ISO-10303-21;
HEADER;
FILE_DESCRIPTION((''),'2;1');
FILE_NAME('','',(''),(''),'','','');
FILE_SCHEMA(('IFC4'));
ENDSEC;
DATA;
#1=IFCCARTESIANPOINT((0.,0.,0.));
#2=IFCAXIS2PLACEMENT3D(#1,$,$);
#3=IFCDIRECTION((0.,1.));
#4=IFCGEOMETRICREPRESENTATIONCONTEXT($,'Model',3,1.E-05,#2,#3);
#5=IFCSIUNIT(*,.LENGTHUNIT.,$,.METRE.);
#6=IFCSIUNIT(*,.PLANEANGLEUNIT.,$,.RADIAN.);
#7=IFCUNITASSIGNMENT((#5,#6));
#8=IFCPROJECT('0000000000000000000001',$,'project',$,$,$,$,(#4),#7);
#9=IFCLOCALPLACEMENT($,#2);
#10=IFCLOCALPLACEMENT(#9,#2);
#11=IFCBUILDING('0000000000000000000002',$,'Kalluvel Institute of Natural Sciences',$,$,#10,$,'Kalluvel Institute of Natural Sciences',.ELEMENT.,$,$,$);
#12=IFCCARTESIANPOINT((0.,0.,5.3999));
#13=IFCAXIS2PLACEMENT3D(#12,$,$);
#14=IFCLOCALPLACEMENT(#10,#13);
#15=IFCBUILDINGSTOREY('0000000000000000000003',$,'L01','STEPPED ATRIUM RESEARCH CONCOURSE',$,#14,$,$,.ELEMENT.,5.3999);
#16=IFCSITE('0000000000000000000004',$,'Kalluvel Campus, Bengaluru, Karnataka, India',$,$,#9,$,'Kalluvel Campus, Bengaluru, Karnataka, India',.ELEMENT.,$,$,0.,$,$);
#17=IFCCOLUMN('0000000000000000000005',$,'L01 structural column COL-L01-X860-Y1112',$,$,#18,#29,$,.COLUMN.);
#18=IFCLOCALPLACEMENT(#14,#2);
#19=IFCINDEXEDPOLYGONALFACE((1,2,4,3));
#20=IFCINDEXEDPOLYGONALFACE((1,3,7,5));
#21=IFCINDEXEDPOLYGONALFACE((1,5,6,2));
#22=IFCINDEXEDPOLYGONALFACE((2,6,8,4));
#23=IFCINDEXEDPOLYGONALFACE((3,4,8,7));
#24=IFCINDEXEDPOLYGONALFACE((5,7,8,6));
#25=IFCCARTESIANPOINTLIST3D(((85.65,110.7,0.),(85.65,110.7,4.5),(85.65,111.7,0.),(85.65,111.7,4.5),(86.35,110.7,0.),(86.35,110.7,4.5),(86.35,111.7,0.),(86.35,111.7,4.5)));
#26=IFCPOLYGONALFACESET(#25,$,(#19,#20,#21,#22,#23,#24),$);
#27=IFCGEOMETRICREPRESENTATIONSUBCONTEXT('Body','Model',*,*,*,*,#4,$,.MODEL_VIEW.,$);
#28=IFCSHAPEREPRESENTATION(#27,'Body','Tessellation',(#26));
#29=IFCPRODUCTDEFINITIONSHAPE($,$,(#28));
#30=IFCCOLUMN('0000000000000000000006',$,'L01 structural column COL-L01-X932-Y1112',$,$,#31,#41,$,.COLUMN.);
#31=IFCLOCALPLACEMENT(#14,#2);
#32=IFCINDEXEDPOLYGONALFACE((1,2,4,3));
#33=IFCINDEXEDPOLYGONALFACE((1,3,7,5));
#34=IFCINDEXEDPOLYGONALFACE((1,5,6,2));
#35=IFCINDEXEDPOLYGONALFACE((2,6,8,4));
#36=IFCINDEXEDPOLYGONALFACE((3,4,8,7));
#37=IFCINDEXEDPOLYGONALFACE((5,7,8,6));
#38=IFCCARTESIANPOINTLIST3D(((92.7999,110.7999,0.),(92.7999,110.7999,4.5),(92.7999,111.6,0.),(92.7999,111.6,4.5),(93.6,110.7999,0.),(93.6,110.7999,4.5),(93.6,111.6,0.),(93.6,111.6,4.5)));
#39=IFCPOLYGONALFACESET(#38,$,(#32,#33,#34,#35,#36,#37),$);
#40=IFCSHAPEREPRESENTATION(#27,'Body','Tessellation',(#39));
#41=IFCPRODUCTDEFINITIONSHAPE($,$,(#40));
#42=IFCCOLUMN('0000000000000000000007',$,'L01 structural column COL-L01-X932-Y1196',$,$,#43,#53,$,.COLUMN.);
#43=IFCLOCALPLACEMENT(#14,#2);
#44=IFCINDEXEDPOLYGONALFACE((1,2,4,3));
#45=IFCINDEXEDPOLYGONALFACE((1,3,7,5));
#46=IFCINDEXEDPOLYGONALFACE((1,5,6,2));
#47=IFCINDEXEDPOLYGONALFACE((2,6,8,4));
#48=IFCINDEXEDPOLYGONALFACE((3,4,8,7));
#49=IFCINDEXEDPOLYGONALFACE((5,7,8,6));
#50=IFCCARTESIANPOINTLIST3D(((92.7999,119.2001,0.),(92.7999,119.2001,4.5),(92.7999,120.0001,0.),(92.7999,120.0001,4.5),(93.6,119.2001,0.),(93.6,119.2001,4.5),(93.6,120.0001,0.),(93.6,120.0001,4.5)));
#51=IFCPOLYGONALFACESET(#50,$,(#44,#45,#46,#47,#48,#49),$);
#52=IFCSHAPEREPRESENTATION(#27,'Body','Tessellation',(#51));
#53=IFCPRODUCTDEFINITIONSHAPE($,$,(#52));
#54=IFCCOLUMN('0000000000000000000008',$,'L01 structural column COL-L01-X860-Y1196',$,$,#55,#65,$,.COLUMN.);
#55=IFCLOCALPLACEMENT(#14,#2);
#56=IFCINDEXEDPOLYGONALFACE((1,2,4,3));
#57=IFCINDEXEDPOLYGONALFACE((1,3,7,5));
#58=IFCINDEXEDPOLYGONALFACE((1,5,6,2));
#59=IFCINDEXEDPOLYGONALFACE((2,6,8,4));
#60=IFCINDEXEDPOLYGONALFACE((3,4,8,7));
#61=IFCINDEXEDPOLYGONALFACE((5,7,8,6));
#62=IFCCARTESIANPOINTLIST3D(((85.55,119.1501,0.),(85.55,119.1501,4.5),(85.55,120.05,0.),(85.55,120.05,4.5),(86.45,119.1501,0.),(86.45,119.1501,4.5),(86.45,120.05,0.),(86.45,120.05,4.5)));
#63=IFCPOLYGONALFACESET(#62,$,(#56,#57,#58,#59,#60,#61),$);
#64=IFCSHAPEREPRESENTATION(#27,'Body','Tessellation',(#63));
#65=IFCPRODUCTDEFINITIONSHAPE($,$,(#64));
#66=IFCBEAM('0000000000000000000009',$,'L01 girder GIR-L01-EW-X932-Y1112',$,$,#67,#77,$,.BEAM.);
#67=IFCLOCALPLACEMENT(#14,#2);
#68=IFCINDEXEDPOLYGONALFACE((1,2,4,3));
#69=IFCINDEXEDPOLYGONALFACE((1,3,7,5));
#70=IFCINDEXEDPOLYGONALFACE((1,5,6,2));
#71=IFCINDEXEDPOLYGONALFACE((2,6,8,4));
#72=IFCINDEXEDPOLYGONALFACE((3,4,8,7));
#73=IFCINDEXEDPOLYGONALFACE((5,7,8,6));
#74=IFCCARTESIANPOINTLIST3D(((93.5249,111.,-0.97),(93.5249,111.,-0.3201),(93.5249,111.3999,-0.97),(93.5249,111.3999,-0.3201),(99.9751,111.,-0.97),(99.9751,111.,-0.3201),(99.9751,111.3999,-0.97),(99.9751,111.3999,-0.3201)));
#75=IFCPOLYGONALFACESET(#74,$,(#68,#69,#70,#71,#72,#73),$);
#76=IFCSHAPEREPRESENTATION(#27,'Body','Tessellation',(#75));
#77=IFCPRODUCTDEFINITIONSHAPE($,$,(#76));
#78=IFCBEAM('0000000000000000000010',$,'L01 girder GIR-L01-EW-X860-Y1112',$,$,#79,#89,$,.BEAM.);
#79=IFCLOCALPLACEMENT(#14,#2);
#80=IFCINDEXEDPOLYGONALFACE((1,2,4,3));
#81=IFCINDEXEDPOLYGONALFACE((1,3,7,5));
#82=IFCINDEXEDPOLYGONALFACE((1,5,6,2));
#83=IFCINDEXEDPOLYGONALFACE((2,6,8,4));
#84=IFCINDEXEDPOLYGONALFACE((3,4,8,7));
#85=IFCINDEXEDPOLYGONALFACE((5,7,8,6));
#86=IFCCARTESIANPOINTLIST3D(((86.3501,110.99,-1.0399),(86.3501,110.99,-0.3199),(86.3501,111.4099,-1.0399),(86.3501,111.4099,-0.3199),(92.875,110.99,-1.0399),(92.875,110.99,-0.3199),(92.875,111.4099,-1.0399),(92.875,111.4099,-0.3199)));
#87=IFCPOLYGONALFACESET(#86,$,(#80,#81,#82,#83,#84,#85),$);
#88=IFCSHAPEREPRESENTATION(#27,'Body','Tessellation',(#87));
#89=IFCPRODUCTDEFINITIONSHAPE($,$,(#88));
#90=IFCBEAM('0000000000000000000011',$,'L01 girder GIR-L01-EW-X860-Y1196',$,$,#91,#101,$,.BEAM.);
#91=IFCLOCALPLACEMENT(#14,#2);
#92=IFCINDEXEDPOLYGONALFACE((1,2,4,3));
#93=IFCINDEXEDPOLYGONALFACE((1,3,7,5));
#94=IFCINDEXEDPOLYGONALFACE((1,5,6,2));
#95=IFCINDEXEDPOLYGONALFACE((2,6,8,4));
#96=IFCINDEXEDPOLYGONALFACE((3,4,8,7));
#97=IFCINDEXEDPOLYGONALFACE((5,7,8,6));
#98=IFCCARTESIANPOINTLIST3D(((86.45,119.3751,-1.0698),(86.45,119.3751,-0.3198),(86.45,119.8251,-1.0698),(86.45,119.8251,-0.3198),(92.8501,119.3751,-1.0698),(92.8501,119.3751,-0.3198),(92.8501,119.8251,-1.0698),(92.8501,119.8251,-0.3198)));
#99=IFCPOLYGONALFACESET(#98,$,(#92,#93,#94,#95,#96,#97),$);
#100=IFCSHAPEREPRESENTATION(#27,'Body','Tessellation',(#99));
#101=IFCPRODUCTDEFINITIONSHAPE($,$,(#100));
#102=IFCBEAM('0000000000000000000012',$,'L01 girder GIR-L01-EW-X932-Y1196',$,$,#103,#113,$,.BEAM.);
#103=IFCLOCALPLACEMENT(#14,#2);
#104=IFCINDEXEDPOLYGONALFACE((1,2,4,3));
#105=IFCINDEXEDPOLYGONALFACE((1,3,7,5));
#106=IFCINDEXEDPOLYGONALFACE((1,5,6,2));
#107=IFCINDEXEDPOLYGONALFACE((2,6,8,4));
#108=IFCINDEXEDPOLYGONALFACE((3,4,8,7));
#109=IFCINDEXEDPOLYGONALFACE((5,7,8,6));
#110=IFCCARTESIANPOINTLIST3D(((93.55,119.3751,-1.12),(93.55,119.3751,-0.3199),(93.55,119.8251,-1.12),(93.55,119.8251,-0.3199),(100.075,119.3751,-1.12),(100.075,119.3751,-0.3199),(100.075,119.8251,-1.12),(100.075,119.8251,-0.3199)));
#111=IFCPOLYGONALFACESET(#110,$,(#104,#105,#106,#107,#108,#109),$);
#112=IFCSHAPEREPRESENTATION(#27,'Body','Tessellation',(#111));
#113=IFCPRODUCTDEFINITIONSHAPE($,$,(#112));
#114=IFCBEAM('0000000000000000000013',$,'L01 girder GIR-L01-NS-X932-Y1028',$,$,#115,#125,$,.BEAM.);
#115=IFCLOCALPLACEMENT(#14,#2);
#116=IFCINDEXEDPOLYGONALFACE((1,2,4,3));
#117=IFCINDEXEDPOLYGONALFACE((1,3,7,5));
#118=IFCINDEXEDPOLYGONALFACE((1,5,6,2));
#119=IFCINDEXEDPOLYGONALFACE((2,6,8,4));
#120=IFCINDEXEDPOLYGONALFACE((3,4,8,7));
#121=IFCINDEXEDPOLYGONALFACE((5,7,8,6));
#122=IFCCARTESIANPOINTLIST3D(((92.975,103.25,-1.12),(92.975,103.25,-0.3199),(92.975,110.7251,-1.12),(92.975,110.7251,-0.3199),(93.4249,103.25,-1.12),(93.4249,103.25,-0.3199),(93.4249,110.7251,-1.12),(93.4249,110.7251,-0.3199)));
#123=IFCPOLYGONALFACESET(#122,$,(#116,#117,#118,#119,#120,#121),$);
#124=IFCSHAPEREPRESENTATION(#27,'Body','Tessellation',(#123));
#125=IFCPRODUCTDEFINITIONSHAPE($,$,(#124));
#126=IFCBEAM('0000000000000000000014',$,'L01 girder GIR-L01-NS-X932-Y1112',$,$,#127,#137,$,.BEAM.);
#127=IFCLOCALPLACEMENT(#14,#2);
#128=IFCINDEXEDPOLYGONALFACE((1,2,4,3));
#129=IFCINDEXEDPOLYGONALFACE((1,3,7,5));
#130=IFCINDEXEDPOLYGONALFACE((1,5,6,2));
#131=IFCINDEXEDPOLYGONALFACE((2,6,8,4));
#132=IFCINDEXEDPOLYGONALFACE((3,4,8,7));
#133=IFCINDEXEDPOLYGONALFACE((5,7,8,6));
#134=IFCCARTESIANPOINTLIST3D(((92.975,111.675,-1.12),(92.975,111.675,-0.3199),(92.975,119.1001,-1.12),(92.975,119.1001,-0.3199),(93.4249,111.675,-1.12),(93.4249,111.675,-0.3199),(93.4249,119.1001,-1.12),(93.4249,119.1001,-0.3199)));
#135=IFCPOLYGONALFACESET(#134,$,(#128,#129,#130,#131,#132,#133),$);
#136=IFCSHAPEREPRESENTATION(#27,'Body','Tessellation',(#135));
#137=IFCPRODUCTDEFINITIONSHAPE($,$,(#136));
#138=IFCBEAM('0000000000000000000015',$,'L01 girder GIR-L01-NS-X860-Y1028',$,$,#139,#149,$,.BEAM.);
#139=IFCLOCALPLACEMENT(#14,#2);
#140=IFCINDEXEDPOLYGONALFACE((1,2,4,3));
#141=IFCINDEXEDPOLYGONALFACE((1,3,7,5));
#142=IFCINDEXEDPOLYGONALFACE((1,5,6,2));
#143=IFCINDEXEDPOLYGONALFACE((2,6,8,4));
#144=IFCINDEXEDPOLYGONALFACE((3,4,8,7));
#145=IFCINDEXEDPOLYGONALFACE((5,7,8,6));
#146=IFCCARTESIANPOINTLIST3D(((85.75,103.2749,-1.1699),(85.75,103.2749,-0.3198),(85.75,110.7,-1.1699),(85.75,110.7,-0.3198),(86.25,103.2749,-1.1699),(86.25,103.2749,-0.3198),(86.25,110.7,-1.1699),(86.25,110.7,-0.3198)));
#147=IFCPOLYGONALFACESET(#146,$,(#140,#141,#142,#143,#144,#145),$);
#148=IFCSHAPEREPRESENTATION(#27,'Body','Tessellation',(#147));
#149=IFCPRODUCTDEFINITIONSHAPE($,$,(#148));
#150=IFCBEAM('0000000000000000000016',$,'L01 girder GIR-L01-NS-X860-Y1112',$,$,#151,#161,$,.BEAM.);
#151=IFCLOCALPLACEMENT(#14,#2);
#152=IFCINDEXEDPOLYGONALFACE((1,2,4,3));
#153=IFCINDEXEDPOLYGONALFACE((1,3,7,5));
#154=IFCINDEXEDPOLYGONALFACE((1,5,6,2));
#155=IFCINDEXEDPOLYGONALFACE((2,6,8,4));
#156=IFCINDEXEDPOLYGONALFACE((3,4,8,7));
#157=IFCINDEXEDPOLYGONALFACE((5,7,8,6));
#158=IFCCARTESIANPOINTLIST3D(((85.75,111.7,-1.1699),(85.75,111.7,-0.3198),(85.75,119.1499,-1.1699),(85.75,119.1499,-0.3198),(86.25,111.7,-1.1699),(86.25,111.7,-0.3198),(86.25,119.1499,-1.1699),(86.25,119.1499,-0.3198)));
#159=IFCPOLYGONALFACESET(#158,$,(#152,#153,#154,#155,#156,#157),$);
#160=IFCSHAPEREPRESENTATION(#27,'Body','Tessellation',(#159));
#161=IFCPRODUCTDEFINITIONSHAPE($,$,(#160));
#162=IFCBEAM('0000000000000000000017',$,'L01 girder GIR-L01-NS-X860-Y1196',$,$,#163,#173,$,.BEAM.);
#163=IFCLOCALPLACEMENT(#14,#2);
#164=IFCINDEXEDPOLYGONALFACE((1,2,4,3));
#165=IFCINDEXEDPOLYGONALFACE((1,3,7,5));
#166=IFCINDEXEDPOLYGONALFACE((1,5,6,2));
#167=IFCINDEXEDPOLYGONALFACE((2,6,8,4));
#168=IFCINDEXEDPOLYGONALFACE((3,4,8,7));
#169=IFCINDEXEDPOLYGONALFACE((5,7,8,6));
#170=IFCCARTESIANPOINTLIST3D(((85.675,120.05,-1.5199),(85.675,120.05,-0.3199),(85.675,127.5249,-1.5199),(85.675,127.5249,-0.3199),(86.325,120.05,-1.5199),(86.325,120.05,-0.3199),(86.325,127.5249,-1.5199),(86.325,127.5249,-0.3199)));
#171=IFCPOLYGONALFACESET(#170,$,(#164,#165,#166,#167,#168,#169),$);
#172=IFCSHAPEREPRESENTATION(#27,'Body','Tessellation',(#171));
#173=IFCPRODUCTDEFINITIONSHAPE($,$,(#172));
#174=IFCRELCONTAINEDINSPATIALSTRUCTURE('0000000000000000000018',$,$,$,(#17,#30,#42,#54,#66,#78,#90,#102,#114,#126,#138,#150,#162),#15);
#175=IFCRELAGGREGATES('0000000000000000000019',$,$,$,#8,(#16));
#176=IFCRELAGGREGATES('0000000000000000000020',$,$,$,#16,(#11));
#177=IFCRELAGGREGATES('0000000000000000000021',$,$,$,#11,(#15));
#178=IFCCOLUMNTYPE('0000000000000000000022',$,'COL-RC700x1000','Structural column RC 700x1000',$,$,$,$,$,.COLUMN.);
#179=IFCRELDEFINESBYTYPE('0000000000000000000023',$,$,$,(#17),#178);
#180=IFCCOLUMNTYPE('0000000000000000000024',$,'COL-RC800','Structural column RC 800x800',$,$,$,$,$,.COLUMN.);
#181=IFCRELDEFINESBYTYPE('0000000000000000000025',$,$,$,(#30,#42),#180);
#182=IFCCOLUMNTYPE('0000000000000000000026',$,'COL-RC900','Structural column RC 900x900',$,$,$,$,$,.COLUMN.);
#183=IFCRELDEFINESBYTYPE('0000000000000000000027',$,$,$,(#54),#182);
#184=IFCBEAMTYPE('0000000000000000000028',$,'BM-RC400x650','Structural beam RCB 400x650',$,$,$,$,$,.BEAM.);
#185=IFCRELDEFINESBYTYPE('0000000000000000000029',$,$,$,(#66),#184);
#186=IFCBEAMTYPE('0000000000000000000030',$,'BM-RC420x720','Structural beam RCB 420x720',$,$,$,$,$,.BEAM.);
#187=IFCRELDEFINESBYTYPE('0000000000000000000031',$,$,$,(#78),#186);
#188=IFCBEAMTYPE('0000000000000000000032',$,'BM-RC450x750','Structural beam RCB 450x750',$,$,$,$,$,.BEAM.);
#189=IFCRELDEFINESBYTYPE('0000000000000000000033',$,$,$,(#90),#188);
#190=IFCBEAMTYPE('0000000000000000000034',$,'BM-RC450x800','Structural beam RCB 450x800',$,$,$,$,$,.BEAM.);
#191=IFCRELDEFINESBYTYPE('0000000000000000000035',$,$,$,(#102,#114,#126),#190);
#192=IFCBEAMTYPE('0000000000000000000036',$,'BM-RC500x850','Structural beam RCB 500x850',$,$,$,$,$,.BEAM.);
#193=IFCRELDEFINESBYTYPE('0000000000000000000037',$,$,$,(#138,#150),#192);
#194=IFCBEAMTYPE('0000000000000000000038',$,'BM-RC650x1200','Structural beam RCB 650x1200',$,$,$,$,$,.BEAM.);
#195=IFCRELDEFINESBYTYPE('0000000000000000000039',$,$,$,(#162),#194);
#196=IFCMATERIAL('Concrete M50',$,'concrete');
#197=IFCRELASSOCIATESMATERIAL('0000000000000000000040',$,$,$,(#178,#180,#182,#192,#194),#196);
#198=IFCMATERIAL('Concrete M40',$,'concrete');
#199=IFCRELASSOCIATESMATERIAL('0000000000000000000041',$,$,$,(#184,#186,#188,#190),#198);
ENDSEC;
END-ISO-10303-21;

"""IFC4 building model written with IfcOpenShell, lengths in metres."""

from ifc_helpers import new_model, si_unit, direction, frame, origin, origin_2d, place, context, subcontext, project, spatial, rectangle, extrude, material, material_profile, profile_set, type_object, element, save


model = new_model("IFC4")

# Units and contexts
model_context = context("Model", 3, precision=1e-05, world=origin(), true_north=direction((0.0, 1.0)))
body_context = subcontext(model_context, "Body", "Model", "MODEL_VIEW")
ifc_project = project(units=[si_unit("LENGTHUNIT", "METRE"), si_unit("PLANEANGLEUNIT", "RADIAN")], contexts=[model_context])

# Site, building, storey
site_placement = place(None, origin())
site = spatial("IfcSite", under=ifc_project, at=site_placement, Name="Kalluvel Campus, Bengaluru, Karnataka, India", LongName="Kalluvel Campus, Bengaluru, Karnataka, India", CompositionType="ELEMENT", RefElevation=0.0)
building_placement = place(site_placement, origin())
building = spatial("IfcBuilding", under=site, at=building_placement, Name="Kalluvel Institute of Natural Sciences", LongName="Kalluvel Institute of Natural Sciences", CompositionType="ELEMENT")
storey_placement = place(building_placement, frame((0.0, 0.0, 5.3999)))
storey = spatial("IfcBuildingStorey", under=building, at=storey_placement, Name="L01", Description="STEPPED ATRIUM RESEARCH CONCOURSE", CompositionType="ELEMENT", Elevation=5.3999)

# Columns
ifc_material_1 = material(Name="Concrete M50", Category="concrete")
ifc_material_profile_1 = material_profile(ifc_material_1, rectangle(XDim=0.7, YDim=1.0, at=origin_2d()), Name="RC 700x1000")
ifc_profile_set_1 = profile_set([ifc_material_profile_1], Name="Concrete M50")
column_type_1 = type_object("IfcColumnType", Name="COL-RC700x1000", Description="Structural column RC 700x1000", PredefinedType="COLUMN", material=ifc_profile_set_1)
column_1_placement = place(storey_placement, frame((86.0, 111.2, 0.0), z_axis=(0.0, 0.0, 1.0), x_axis=(1.0, 0.0, 0.0)))
element("IfcColumn", 1, at=column_1_placement, inside=storey, type_object=column_type_1, Name="L01 structural column COL-L01-X860-Y1112", PredefinedType="COLUMN", context=body_context, shape_type="SweptSolid", body=[
    extrude(rectangle(XDim=0.7, YDim=1.0, at=origin_2d()), origin(), (0.0, 0.0, 1.0), 4.5),
])
ifc_material_profile_2 = material_profile(ifc_material_1, rectangle(XDim=0.8, YDim=0.8, at=origin_2d()), Name="RC 800x800")
ifc_profile_set_2 = profile_set([ifc_material_profile_2], Name="Concrete M50")
column_type_2 = type_object("IfcColumnType", Name="COL-RC800", Description="Structural column RC 800x800", PredefinedType="COLUMN", material=ifc_profile_set_2)
for number, where, z_axis, x_axis, name in (
    (2, (93.2, 111.2, 0.0), (0.0, 0.0, 1.0), (1.0, 0.0, 0.0), "L01 structural column COL-L01-X932-Y1112"),
    (3, (93.2, 119.6001, 0.0), (0.0, 0.0, 1.0), (1.0, 0.0, 0.0), "L01 structural column COL-L01-X932-Y1196"),
):
    element("IfcColumn", number, at=place(storey_placement, frame(where, z_axis=z_axis, x_axis=x_axis)), inside=storey, type_object=column_type_2, Name=name, PredefinedType="COLUMN", context=body_context, shape_type="SweptSolid", body=[
        extrude(rectangle(XDim=0.8, YDim=0.8, at=origin_2d()), origin(), (0.0, 0.0, 1.0), 4.5),
    ])
ifc_material_profile_3 = material_profile(ifc_material_1, rectangle(XDim=0.8999, YDim=0.8999, at=origin_2d()), Name="RC 900x900")
ifc_profile_set_3 = profile_set([ifc_material_profile_3], Name="Concrete M50")
column_type_3 = type_object("IfcColumnType", Name="COL-RC900", Description="Structural column RC 900x900", PredefinedType="COLUMN", material=ifc_profile_set_3)
column_2_placement = place(storey_placement, frame((86.0, 119.6001, 0.0), z_axis=(0.0, 0.0, 1.0), x_axis=(1.0, 0.0, 0.0)))
element("IfcColumn", 4, at=column_2_placement, inside=storey, type_object=column_type_3, Name="L01 structural column COL-L01-X860-Y1196", PredefinedType="COLUMN", context=body_context, shape_type="SweptSolid", body=[
    extrude(rectangle(XDim=0.8999, YDim=0.8999, at=origin_2d()), origin(), (0.0, 0.0, 1.0), 4.5),
])

# Beams
ifc_material_2 = material(Name="Concrete M40", Category="concrete")
ifc_material_profile_4 = material_profile(ifc_material_2, rectangle(XDim=0.3999, YDim=0.6499, at=origin_2d()), Name="RCB 400x650")
ifc_profile_set_4 = profile_set([ifc_material_profile_4], Name="Concrete M40")
beam_type_1 = type_object("IfcBeamType", Name="BM-RC400x650", Description="Structural beam RCB 400x650", PredefinedType="BEAM", material=ifc_profile_set_4)
beam_1_placement = place(storey_placement, frame((93.5249, 111.2, -0.645), z_axis=(1.0, 0.0, 0.0), x_axis=(0.0, 1.0, 0.0)))
element("IfcBeam", 5, at=beam_1_placement, inside=storey, type_object=beam_type_1, Name="L01 girder GIR-L01-EW-X932-Y1112", PredefinedType="BEAM", context=body_context, shape_type="SweptSolid", body=[
    extrude(rectangle(XDim=0.3999, YDim=0.6499, at=origin_2d()), origin(), (0.0, 0.0, 1.0), 6.4502),
])
ifc_material_profile_5 = material_profile(ifc_material_2, rectangle(XDim=0.4199, YDim=0.72, at=origin_2d()), Name="RCB 420x720")
ifc_profile_set_5 = profile_set([ifc_material_profile_5], Name="Concrete M40")
beam_type_2 = type_object("IfcBeamType", Name="BM-RC420x720", Description="Structural beam RCB 420x720", PredefinedType="BEAM", material=ifc_profile_set_5)
beam_2_placement = place(storey_placement, frame((86.3501, 111.2, -0.6799), z_axis=(1.0, 0.0, 0.0), x_axis=(0.0, 1.0, 0.0)))
element("IfcBeam", 6, at=beam_2_placement, inside=storey, type_object=beam_type_2, Name="L01 girder GIR-L01-EW-X860-Y1112", PredefinedType="BEAM", context=body_context, shape_type="SweptSolid", body=[
    extrude(rectangle(XDim=0.4199, YDim=0.72, at=origin_2d()), origin(), (0.0, 0.0, 1.0), 6.5249),
])
ifc_material_profile_6 = material_profile(ifc_material_2, rectangle(XDim=0.45, YDim=0.75, at=origin_2d()), Name="RCB 450x750")
ifc_profile_set_6 = profile_set([ifc_material_profile_6], Name="Concrete M40")
beam_type_3 = type_object("IfcBeamType", Name="BM-RC450x750", Description="Structural beam RCB 450x750", PredefinedType="BEAM", material=ifc_profile_set_6)
beam_3_placement = place(storey_placement, frame((86.45, 119.6001, -0.6948), z_axis=(1.0, 0.0, 0.0), x_axis=(0.0, 1.0, 0.0)))
element("IfcBeam", 7, at=beam_3_placement, inside=storey, type_object=beam_type_3, Name="L01 girder GIR-L01-EW-X860-Y1196", PredefinedType="BEAM", context=body_context, shape_type="SweptSolid", body=[
    extrude(rectangle(XDim=0.45, YDim=0.75, at=origin_2d()), origin(), (0.0, 0.0, 1.0), 6.4001),
])
ifc_material_profile_7 = material_profile(ifc_material_2, rectangle(XDim=0.45, YDim=0.8, at=origin_2d()), Name="RCB 450x800")
ifc_profile_set_7 = profile_set([ifc_material_profile_7], Name="Concrete M40")
beam_type_4 = type_object("IfcBeamType", Name="BM-RC450x800", Description="Structural beam RCB 450x800", PredefinedType="BEAM", material=ifc_profile_set_7)
beam_4_placement = place(storey_placement, frame((93.55, 119.6001, -0.72), z_axis=(1.0, 0.0, 0.0), x_axis=(0.0, 1.0, 0.0)))
element("IfcBeam", 8, at=beam_4_placement, inside=storey, type_object=beam_type_4, Name="L01 girder GIR-L01-EW-X932-Y1196", PredefinedType="BEAM", context=body_context, shape_type="SweptSolid", body=[
    extrude(rectangle(XDim=0.45, YDim=0.8, at=origin_2d()), origin(), (0.0, 0.0, 1.0), 6.5249),
])
beam_5_placement = place(storey_placement, frame((93.2, 103.25, -0.72), z_axis=(0.0, 1.0, 0.0), x_axis=(-1.0, 0.0, 0.0)))
element("IfcBeam", 9, at=beam_5_placement, inside=storey, type_object=beam_type_4, Name="L01 girder GIR-L01-NS-X932-Y1028", PredefinedType="BEAM", context=body_context, shape_type="SweptSolid", body=[
    extrude(rectangle(XDim=0.45, YDim=0.8, at=origin_2d()), origin(), (0.0, 0.0, 1.0), 7.4751),
])
beam_6_placement = place(storey_placement, frame((93.2, 111.675, -0.72), z_axis=(0.0, 1.0, 0.0), x_axis=(-1.0, 0.0, 0.0)))
element("IfcBeam", 10, at=beam_6_placement, inside=storey, type_object=beam_type_4, Name="L01 girder GIR-L01-NS-X932-Y1112", PredefinedType="BEAM", context=body_context, shape_type="SweptSolid", body=[
    extrude(rectangle(XDim=0.45, YDim=0.8, at=origin_2d()), origin(), (0.0, 0.0, 1.0), 7.425),
])
ifc_material_profile_8 = material_profile(ifc_material_1, rectangle(XDim=0.5, YDim=0.8501, at=origin_2d()), Name="RCB 500x850")
ifc_profile_set_8 = profile_set([ifc_material_profile_8], Name="Concrete M50")
beam_type_5 = type_object("IfcBeamType", Name="BM-RC500x850", Description="Structural beam RCB 500x850", PredefinedType="BEAM", material=ifc_profile_set_8)
beam_7_placement = place(storey_placement, frame((86.0, 103.2749, -0.7449), z_axis=(0.0, 1.0, 0.0), x_axis=(-1.0, 0.0, 0.0)))
element("IfcBeam", 11, at=beam_7_placement, inside=storey, type_object=beam_type_5, Name="L01 girder GIR-L01-NS-X860-Y1028", PredefinedType="BEAM", context=body_context, shape_type="SweptSolid", body=[
    extrude(rectangle(XDim=0.5, YDim=0.8501, at=origin_2d()), origin(), (0.0, 0.0, 1.0), 7.425),
])
beam_8_placement = place(storey_placement, frame((86.0, 111.7, -0.7449), z_axis=(0.0, 1.0, 0.0), x_axis=(-1.0, 0.0, 0.0)))
element("IfcBeam", 12, at=beam_8_placement, inside=storey, type_object=beam_type_5, Name="L01 girder GIR-L01-NS-X860-Y1112", PredefinedType="BEAM", context=body_context, shape_type="SweptSolid", body=[
    extrude(rectangle(XDim=0.5, YDim=0.8501, at=origin_2d()), origin(), (0.0, 0.0, 1.0), 7.45),
])
ifc_material_profile_9 = material_profile(ifc_material_1, rectangle(XDim=0.6499, YDim=1.2, at=origin_2d()), Name="RCB 650x1200")
ifc_profile_set_9 = profile_set([ifc_material_profile_9], Name="Concrete M50")
beam_type_6 = type_object("IfcBeamType", Name="BM-RC650x1200", Description="Structural beam RCB 650x1200", PredefinedType="BEAM", material=ifc_profile_set_9)
beam_9_placement = place(storey_placement, frame((86.0, 120.05, -0.9199), z_axis=(0.0, 1.0, 0.0), x_axis=(-1.0, 0.0, 0.0)))
element("IfcBeam", 13, at=beam_9_placement, inside=storey, type_object=beam_type_6, Name="L01 girder GIR-L01-NS-X860-Y1196", PredefinedType="BEAM", context=body_context, shape_type="SweptSolid", body=[
    extrude(rectangle(XDim=0.6499, YDim=1.2, at=origin_2d()), origin(), (0.0, 0.0, 1.0), 7.4749),
])

save(model, "model.ifc")
